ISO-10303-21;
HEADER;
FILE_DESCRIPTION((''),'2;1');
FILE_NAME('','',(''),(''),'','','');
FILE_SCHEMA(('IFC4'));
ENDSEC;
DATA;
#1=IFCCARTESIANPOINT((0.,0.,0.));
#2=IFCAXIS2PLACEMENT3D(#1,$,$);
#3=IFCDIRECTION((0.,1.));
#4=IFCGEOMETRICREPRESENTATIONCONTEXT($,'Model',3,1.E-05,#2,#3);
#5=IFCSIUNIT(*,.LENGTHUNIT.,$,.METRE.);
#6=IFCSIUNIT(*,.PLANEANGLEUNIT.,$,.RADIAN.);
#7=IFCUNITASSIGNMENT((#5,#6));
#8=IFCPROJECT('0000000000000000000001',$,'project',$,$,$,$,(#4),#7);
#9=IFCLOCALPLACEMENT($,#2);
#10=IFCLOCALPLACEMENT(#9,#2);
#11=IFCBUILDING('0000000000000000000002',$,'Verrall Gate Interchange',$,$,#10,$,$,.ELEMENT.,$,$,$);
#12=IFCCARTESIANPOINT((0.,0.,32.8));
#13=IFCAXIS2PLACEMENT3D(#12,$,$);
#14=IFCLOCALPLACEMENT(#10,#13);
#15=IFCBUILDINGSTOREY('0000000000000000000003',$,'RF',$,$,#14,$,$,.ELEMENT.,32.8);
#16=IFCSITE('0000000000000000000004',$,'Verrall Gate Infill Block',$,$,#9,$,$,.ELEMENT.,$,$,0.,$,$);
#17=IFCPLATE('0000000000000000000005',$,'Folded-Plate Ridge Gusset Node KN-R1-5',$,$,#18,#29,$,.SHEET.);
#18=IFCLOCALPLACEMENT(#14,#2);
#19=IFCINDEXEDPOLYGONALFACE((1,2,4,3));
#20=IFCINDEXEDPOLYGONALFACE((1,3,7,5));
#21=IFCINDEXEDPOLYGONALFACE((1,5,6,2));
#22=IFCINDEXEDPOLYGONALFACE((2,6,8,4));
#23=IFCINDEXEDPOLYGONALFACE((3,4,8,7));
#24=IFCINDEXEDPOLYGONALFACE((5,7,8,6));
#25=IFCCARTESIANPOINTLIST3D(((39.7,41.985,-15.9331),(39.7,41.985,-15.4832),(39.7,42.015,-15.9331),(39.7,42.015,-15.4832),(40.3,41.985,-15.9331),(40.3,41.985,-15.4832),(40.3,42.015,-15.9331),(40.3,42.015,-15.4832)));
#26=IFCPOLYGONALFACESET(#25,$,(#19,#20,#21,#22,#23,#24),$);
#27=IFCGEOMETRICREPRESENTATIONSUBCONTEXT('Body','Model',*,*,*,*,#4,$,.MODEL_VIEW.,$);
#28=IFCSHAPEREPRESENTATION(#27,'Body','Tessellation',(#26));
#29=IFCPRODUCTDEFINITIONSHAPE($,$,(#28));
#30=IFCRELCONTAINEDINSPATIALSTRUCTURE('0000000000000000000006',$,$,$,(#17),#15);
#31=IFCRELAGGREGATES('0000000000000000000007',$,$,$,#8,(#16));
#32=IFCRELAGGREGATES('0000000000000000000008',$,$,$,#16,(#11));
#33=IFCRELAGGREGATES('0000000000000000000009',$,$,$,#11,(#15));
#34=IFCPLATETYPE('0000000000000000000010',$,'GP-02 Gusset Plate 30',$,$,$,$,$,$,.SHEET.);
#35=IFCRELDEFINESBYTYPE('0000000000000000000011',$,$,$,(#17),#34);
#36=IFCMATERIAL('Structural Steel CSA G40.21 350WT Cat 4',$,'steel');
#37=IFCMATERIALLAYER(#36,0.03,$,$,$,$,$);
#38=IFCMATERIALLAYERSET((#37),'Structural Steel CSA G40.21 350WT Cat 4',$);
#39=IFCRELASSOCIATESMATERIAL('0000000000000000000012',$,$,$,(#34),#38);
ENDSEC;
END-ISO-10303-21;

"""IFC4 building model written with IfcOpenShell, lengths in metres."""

from ifc_helpers import new_model, si_unit, direction, frame, origin, origin_2d, place, context, subcontext, project, spatial, rectangle, extrude, material, layer, layer_set, type_object, element, save


model = new_model("IFC4")

# Units and contexts
model_context = context("Model", 3, precision=1e-05, world=origin(), true_north=direction((0.0, 1.0)))
body_context = subcontext(model_context, "Body", "Model", "MODEL_VIEW")
ifc_project = project(units=[si_unit("LENGTHUNIT", "METRE"), si_unit("PLANEANGLEUNIT", "RADIAN")], contexts=[model_context])

# Site, building, storey
site_placement = place(None, origin())
site = spatial("IfcSite", under=ifc_project, at=site_placement, Name="Verrall Gate Infill Block", CompositionType="ELEMENT", RefElevation=0.0)
building_placement = place(site_placement, origin())
building = spatial("IfcBuilding", under=site, at=building_placement, Name="Verrall Gate Interchange", CompositionType="ELEMENT")
storey_placement = place(building_placement, frame((0.0, 0.0, 32.8)))
storey = spatial("IfcBuildingStorey", under=building, at=storey_placement, Name="RF", CompositionType="ELEMENT", Elevation=32.8)

# Plate
ifc_material_1 = material(Name="Structural Steel CSA G40.21 350WT Cat 4", Category="steel")
ifc_layer_1 = layer(ifc_material_1, 0.03)
ifc_layer_set_1 = layer_set([ifc_layer_1], Name="Structural Steel CSA G40.21 350WT Cat 4")
plate_type_1 = type_object("IfcPlateType", Name="GP-02 Gusset Plate 30", PredefinedType="SHEET", material=ifc_layer_set_1)
plate_1_placement = place(storey_placement, frame((40.0, 42.0, -15.9331), z_axis=(0.0, 0.0, 1.0), x_axis=(1.0, 0.0, 0.0)))
element("IfcPlate", 1, at=plate_1_placement, inside=storey, type_object=plate_type_1, Name="Folded-Plate Ridge Gusset Node KN-R1-5", PredefinedType="SHEET", context=body_context, shape_type="SweptSolid", body=[
    extrude(rectangle(XDim=0.6001, YDim=0.03, at=origin_2d()), origin(), (0.0, 0.0, 1.0), 0.45),
])

save(model, "model.ifc")
